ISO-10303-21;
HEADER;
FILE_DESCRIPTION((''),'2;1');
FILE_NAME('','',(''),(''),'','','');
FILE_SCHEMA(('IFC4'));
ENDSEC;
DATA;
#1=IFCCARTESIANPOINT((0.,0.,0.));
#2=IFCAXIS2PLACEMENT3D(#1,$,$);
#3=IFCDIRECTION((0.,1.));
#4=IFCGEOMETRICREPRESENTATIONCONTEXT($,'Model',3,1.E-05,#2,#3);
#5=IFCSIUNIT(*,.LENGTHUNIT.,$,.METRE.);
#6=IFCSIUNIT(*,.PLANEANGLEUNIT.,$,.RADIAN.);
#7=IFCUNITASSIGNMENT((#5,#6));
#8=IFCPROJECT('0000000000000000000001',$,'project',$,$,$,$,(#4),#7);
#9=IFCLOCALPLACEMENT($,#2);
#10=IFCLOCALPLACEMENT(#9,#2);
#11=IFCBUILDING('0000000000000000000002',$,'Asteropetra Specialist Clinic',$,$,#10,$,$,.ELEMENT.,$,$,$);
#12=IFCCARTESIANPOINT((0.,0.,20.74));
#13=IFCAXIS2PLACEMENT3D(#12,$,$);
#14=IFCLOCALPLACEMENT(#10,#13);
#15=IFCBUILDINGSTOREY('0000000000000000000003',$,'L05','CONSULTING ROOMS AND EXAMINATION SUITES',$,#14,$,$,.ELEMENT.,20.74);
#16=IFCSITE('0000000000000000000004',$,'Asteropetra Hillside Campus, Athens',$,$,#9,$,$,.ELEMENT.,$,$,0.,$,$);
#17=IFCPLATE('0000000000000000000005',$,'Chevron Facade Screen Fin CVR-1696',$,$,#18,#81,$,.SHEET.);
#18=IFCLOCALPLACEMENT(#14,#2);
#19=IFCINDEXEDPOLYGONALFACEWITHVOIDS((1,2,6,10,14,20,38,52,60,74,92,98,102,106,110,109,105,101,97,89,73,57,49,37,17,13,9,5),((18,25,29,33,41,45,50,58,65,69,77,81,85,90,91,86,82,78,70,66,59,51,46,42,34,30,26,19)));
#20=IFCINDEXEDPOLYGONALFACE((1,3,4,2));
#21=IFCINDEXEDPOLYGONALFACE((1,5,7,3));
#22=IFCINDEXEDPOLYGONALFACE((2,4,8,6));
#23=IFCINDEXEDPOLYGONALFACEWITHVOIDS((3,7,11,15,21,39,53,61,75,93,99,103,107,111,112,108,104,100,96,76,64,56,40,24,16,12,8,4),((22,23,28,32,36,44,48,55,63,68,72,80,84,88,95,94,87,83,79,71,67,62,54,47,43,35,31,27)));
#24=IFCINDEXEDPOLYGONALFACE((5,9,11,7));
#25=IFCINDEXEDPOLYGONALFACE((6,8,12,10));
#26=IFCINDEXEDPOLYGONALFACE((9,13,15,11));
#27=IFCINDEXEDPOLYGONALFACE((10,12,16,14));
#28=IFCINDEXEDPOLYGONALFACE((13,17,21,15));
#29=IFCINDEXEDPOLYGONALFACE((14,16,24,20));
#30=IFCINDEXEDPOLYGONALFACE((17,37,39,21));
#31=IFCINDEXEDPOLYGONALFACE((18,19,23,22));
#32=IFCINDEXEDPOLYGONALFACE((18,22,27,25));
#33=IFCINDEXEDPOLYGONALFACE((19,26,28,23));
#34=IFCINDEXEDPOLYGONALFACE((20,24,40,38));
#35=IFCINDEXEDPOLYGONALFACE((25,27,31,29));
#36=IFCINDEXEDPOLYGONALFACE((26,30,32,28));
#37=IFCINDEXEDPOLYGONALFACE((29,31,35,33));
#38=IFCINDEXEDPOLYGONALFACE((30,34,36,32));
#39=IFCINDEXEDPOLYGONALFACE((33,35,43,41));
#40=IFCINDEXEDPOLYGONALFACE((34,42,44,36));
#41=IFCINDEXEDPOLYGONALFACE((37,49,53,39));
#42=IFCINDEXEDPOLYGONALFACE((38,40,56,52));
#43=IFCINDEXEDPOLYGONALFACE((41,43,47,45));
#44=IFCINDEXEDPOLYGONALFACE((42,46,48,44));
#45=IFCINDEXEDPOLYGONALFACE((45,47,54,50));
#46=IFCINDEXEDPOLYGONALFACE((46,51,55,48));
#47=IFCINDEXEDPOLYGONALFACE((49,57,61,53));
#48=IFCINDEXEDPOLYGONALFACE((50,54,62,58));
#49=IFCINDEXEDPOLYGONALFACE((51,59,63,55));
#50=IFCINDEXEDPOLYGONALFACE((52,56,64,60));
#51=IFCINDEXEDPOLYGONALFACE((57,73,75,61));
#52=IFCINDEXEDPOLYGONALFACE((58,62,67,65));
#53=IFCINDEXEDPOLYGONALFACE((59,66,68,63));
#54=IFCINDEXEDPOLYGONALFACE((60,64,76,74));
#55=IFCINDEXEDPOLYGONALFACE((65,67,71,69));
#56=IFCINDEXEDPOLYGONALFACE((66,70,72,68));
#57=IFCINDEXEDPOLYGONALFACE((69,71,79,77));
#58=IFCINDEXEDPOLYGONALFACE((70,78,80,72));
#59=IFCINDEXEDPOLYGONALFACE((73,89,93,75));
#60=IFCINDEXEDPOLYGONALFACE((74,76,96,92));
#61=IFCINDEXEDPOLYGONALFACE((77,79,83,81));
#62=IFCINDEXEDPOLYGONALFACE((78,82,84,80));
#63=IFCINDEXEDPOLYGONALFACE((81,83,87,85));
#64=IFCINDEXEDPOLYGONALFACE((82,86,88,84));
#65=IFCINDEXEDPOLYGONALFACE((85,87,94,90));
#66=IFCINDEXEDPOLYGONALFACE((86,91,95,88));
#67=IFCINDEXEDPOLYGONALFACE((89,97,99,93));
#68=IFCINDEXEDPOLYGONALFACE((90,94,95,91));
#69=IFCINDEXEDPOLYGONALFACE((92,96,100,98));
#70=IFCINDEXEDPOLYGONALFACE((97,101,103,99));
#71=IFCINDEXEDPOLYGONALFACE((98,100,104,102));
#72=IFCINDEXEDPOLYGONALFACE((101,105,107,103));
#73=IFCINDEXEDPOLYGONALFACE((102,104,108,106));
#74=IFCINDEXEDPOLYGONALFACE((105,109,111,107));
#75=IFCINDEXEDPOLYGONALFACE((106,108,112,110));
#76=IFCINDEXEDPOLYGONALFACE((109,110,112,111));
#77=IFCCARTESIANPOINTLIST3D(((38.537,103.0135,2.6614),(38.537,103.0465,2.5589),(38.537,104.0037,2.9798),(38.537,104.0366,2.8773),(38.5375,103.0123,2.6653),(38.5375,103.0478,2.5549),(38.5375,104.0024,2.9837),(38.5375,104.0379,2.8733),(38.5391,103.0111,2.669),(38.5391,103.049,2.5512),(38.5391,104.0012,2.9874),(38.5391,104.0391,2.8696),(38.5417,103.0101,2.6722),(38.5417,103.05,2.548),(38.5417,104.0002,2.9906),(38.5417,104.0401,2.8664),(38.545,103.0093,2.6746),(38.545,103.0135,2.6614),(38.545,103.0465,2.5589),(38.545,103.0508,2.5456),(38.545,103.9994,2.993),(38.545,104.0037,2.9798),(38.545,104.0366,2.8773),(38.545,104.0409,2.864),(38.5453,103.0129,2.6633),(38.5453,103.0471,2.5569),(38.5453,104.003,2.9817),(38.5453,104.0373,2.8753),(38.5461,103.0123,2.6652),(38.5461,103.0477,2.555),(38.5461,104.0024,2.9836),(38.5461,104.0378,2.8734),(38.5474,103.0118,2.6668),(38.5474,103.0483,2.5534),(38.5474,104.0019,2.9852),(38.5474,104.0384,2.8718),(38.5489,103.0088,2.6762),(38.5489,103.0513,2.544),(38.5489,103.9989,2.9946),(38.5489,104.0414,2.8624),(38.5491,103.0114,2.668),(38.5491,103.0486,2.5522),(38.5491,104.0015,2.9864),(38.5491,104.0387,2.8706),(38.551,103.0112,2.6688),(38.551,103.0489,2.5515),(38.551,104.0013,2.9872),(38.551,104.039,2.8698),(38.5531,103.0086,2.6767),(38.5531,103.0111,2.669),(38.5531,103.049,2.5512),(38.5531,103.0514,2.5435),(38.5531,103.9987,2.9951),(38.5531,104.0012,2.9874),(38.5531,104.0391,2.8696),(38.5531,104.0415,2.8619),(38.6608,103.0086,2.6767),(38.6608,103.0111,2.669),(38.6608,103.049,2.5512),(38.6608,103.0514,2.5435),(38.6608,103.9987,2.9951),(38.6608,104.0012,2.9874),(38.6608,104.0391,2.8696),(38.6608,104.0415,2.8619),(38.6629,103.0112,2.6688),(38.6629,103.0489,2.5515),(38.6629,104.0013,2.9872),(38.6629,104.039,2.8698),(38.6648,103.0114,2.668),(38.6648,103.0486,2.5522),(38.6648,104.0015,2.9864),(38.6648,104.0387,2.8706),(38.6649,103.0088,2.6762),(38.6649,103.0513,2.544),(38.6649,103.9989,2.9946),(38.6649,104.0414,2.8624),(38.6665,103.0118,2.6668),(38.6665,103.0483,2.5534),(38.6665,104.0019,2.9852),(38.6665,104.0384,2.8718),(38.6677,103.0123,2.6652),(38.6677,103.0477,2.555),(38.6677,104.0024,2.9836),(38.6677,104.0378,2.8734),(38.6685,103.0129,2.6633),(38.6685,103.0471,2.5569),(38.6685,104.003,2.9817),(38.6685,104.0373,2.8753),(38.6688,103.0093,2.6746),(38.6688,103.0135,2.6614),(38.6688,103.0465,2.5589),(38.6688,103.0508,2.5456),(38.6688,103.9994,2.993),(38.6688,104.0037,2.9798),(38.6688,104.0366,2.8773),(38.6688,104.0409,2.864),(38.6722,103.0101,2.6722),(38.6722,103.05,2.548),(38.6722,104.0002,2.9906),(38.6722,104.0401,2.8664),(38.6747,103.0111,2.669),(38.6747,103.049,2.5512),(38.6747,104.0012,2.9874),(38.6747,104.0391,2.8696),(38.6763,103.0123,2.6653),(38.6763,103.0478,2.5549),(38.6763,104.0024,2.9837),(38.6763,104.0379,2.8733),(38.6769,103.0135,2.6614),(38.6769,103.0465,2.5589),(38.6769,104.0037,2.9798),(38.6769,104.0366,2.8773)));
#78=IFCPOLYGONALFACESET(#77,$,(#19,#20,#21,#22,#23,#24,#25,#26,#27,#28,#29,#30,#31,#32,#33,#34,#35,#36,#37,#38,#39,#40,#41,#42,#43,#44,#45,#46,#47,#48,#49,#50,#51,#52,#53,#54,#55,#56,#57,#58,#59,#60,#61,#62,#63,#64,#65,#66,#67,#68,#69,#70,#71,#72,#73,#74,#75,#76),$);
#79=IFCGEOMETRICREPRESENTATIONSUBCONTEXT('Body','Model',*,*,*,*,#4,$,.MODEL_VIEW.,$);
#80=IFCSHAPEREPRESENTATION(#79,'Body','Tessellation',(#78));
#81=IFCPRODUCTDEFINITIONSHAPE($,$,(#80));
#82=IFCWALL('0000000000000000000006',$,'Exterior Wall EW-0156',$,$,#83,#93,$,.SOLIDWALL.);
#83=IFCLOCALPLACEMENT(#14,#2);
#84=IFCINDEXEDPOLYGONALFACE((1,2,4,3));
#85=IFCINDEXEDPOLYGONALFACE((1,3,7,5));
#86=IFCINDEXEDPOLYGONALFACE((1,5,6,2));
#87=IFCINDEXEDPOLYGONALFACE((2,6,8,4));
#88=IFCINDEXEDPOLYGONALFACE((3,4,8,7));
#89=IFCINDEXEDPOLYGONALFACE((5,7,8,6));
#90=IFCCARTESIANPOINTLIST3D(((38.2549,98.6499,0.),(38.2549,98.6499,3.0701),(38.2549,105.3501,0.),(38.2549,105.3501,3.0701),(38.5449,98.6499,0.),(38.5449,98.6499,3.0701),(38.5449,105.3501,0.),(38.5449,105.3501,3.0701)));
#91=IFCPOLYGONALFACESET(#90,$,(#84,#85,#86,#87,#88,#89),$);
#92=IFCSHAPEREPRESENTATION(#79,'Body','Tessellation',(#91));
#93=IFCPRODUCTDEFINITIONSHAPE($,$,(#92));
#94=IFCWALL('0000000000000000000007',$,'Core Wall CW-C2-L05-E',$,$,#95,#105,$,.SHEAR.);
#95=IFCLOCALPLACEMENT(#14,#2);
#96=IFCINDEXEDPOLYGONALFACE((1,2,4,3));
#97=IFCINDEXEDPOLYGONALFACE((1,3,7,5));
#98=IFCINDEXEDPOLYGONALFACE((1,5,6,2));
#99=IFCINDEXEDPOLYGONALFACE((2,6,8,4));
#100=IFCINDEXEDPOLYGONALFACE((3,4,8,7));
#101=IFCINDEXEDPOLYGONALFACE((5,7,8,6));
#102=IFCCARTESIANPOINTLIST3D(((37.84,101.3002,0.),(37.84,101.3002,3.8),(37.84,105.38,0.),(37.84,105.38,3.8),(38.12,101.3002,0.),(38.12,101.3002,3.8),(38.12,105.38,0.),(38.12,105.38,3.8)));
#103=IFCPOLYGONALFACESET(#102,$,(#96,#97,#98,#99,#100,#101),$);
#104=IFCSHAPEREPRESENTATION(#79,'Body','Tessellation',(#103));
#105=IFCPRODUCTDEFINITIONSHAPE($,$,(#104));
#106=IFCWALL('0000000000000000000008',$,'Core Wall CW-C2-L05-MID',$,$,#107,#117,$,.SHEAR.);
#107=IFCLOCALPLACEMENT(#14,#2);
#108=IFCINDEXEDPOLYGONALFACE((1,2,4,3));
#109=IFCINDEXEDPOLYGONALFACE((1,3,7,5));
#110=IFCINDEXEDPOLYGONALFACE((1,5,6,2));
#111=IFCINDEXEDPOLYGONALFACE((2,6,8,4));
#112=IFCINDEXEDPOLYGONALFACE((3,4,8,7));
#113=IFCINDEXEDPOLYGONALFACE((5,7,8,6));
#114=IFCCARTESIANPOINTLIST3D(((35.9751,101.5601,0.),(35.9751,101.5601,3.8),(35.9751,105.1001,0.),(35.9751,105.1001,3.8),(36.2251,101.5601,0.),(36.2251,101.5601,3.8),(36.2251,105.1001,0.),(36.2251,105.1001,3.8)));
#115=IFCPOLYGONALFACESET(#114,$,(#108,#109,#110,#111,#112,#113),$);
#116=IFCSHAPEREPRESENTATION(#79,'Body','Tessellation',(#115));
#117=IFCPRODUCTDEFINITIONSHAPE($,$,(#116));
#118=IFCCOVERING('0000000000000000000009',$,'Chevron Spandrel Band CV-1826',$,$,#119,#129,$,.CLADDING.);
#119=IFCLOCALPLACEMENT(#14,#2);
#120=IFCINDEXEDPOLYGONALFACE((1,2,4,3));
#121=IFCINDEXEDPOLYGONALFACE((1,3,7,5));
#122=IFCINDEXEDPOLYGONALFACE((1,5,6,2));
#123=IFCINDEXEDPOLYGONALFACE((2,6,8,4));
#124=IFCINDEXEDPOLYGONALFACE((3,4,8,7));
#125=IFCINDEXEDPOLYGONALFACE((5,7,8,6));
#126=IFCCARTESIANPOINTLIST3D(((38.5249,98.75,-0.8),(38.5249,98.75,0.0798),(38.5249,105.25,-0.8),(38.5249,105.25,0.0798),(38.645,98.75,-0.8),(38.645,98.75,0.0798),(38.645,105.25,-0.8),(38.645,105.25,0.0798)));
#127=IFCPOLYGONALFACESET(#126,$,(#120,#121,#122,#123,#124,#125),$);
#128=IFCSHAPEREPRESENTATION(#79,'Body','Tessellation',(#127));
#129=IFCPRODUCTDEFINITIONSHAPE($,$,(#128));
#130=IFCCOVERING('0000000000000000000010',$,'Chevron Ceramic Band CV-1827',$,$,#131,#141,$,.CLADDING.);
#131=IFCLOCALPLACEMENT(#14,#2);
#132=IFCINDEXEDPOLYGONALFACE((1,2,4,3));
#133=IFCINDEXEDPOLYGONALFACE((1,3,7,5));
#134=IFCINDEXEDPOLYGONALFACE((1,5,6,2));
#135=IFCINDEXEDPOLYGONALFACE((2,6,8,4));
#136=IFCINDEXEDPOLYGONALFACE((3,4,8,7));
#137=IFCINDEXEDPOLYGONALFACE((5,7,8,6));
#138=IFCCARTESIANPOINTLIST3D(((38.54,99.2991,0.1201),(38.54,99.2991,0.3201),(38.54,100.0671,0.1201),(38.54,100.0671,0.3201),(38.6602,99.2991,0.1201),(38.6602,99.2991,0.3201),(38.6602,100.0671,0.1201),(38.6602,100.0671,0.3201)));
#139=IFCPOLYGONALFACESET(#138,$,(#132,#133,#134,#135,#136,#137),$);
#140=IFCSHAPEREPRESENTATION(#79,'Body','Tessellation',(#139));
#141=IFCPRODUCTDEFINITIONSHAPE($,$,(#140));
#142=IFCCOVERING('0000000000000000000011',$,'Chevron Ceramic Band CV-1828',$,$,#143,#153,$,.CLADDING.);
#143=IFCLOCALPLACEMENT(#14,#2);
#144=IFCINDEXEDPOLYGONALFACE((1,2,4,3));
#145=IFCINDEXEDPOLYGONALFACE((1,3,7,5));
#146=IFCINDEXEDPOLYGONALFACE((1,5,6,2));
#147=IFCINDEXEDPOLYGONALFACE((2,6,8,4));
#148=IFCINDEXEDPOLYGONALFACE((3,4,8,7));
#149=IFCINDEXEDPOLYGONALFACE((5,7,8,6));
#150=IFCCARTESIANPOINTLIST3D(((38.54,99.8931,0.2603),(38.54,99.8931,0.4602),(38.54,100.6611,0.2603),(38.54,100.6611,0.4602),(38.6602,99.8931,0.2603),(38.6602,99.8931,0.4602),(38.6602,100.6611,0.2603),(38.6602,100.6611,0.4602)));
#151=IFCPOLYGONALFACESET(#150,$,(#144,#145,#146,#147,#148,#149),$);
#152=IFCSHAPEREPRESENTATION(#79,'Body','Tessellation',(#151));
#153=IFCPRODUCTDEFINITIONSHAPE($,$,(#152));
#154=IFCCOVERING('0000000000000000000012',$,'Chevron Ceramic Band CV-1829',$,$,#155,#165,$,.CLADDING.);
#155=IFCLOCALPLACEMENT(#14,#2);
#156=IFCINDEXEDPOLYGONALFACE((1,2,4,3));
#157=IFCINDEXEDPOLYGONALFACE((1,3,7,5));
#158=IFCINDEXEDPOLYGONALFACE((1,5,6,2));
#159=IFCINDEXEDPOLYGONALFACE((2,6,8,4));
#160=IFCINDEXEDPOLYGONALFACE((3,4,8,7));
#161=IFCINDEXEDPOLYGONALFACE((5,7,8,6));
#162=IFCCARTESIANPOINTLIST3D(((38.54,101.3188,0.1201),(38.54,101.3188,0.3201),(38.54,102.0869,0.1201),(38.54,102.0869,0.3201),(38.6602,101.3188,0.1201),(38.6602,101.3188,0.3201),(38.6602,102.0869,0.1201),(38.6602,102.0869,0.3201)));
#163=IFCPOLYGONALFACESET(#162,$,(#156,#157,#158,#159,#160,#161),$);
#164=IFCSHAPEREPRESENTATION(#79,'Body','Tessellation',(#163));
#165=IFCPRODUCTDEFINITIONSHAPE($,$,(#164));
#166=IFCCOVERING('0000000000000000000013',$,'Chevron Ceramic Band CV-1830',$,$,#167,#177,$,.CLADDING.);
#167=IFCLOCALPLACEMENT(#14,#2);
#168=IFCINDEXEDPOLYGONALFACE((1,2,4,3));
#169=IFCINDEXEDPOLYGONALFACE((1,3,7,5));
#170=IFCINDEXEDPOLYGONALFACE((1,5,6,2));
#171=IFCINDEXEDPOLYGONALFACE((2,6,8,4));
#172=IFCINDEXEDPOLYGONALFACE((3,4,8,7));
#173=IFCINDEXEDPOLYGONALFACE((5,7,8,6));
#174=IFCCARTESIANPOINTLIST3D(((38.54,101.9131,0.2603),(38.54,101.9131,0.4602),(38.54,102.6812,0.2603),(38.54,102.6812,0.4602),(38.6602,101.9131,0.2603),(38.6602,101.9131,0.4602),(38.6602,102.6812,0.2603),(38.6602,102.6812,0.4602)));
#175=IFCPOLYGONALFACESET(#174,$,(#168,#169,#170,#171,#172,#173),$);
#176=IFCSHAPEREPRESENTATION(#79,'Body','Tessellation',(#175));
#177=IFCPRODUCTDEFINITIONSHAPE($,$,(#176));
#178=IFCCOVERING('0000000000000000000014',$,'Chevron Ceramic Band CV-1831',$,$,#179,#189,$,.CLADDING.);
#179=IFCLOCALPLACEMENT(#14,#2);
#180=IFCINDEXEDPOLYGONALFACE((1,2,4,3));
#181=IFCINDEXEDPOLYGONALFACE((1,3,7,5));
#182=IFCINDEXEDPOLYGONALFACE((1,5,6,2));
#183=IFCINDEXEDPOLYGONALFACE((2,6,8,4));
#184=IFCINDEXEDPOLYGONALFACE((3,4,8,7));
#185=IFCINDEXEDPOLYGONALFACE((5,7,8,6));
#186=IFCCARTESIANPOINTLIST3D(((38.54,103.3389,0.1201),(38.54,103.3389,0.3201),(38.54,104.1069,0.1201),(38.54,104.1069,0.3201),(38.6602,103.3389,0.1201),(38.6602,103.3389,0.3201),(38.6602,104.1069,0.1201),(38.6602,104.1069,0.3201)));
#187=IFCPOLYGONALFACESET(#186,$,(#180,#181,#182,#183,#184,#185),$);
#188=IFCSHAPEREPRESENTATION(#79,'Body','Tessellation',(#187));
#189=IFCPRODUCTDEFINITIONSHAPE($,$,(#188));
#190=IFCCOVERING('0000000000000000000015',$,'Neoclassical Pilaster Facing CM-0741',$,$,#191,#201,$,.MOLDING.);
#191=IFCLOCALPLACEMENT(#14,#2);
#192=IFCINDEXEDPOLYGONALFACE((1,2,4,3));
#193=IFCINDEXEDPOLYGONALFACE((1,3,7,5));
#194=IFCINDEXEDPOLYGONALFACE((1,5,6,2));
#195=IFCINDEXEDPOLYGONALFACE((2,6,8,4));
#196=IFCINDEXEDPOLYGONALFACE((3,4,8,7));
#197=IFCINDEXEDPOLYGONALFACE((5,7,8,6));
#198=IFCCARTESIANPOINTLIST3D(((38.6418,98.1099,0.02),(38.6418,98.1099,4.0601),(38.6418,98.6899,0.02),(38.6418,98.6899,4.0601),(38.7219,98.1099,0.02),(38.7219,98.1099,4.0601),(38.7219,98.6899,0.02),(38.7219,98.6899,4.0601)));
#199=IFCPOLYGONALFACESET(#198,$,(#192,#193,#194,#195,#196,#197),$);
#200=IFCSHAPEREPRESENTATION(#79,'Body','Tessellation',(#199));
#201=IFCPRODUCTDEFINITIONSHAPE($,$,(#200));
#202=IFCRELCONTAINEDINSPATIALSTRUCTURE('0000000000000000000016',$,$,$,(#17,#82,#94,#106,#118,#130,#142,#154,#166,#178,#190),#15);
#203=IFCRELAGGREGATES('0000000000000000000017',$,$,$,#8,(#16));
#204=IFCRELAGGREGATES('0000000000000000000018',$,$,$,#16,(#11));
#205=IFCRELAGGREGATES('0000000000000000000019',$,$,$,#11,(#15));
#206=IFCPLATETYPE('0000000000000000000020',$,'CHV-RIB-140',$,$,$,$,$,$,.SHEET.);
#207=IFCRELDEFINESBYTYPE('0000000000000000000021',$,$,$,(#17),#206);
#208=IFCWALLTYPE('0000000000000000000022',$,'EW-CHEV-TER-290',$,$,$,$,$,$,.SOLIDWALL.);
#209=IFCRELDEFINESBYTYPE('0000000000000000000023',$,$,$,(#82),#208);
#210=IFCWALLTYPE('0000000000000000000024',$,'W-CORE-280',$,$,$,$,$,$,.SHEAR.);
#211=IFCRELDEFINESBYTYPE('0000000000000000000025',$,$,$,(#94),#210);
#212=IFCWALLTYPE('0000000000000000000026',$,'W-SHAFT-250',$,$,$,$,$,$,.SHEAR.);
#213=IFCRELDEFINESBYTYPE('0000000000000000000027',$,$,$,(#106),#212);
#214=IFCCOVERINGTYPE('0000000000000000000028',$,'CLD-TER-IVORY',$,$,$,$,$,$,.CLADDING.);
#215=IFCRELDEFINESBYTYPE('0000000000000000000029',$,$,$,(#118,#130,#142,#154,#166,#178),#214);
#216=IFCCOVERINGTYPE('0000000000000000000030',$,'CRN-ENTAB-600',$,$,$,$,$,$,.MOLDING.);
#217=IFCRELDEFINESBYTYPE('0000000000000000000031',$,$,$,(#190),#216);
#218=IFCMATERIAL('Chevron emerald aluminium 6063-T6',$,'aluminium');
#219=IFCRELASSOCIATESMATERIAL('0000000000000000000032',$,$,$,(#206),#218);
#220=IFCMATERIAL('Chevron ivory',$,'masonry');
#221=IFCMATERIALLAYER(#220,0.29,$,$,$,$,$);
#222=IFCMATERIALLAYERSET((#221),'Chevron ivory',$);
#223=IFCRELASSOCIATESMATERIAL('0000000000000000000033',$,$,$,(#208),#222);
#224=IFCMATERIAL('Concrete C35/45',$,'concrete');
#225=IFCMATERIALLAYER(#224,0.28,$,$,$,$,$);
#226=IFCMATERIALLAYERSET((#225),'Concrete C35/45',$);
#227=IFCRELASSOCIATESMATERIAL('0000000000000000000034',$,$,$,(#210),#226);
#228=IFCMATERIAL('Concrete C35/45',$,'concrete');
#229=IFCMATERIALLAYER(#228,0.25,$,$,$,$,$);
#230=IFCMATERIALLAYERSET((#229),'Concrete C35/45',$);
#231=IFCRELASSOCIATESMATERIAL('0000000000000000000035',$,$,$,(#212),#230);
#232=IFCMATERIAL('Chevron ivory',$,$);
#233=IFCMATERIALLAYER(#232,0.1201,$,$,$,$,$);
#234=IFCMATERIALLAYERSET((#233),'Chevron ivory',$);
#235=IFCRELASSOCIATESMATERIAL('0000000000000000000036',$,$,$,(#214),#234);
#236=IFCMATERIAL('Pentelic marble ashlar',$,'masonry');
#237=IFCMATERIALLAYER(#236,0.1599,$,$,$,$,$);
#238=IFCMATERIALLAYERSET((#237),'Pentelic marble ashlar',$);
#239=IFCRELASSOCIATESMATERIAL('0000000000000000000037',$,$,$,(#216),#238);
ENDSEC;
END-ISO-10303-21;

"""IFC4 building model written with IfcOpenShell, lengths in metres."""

from ifc_helpers import new_model, si_unit, direction, frame, frame_2d, origin, origin_2d, place, context, subcontext, project, spatial, rectangle, hollow_rectangle, extrude, material, layer, layer_set, material_profile, profile_set, type_object, element, save


model = new_model("IFC4")

# Units and contexts
model_context = context("Model", 3, precision=1e-05, world=origin(), true_north=direction((0.0, 1.0)))
body_context = subcontext(model_context, "Body", "Model", "MODEL_VIEW")
ifc_project = project(units=[si_unit("LENGTHUNIT", "METRE"), si_unit("PLANEANGLEUNIT", "RADIAN")], contexts=[model_context])

# Site, building, storey
site_placement = place(None, origin())
site = spatial("IfcSite", under=ifc_project, at=site_placement, Name="Asteropetra Hillside Campus, Athens", CompositionType="ELEMENT", RefElevation=0.0)
building_placement = place(site_placement, origin())
building = spatial("IfcBuilding", under=site, at=building_placement, Name="Asteropetra Specialist Clinic", CompositionType="ELEMENT")
storey_placement = place(building_placement, frame((0.0, 0.0, 20.74)))
storey = spatial("IfcBuildingStorey", under=building, at=storey_placement, Name="L05", Description="CONSULTING ROOMS AND EXAMINATION SUITES", CompositionType="ELEMENT", Elevation=20.74)

# Plate
ifc_material_1 = material(Name="Chevron emerald aluminium 6063-T6", Category="aluminium")
ifc_material_profile_1 = material_profile(ifc_material_1, hollow_rectangle(XDim=0.1399, YDim=0.1399, WallThickness=0.0081, InnerFilletRadius=0.0081, OuterFilletRadius=0.0161, at=origin_2d()), Name="SHS 140x140x8.0")
ifc_profile_set_1 = profile_set([ifc_material_profile_1], Name="Chevron emerald aluminium 6063-T6")
plate_type = type_object("IfcPlateType", Name="CHV-RIB-140", PredefinedType="SHEET", material=ifc_profile_set_1)
for number, where, z_axis, x_axis, name in (
    (1, (38.6069, 103.03, 2.6101), (0.0, 0.951987, 0.306138), (-1.0, 0.0, 0.0), "Chevron Facade Screen Fin CVR-1696"),
):
    element("IfcPlate", number, at=place(storey_placement, frame(where, z_axis=z_axis, x_axis=x_axis)), inside=storey, type_object=plate_type, Name=name, PredefinedType="SHEET", context=body_context, shape_type="SweptSolid", body=[
        extrude(hollow_rectangle(XDim=0.1399, YDim=0.1399, WallThickness=0.0081, InnerFilletRadius=0.0081, OuterFilletRadius=0.0161, at=origin_2d()), origin(), (0.0, 0.0, 1.0), 1.04),
    ])

# Walls
ifc_material_2 = material(Name="Chevron ivory", Category="masonry")
ifc_layer_1 = layer(ifc_material_2, 0.29)
ifc_layer_set_1 = layer_set([ifc_layer_1], Name="Chevron ivory")
wall_type_1 = type_object("IfcWallType", Name="EW-CHEV-TER-290", PredefinedType="SOLIDWALL", material=ifc_layer_set_1)
wall_1_placement = place(storey_placement, frame((38.3999, 98.6499, 0.0), z_axis=(0.0, 0.0, 1.0), x_axis=(0.0, 1.0, 0.0)))
element("IfcWall", 2, at=wall_1_placement, inside=storey, type_object=wall_type_1, Name="Exterior Wall EW-0156", PredefinedType="SOLIDWALL", context=body_context, shape_type="SweptSolid", body=[
    extrude(rectangle(XDim=6.7002, YDim=0.29, at=frame_2d((3.3501, 0.0))), origin(), (0.0, 0.0, 1.0), 3.0701),
])
ifc_material_3 = material(Name="Concrete C35/45", Category="concrete")
ifc_layer_2 = layer(ifc_material_3, 0.28)
ifc_layer_set_2 = layer_set([ifc_layer_2], Name="Concrete C35/45")
wall_type_2 = type_object("IfcWallType", Name="W-CORE-280", PredefinedType="SHEAR", material=ifc_layer_set_2)
wall_2_placement = place(storey_placement, frame((37.98, 101.3, 0.0), z_axis=(0.0, 0.0, 1.0), x_axis=(0.0, 1.0, 0.0)))
element("IfcWall", 3, at=wall_2_placement, inside=storey, type_object=wall_type_2, Name="Core Wall CW-C2-L05-E", PredefinedType="SHEAR", context=body_context, shape_type="SweptSolid", body=[
    extrude(rectangle(XDim=4.0798, YDim=0.28, at=frame_2d((2.04, 0.0))), origin(), (0.0, 0.0, 1.0), 3.8),
])
ifc_material_4 = material(Name="Concrete C35/45", Category="concrete")
ifc_layer_3 = layer(ifc_material_4, 0.25)
ifc_layer_set_3 = layer_set([ifc_layer_3], Name="Concrete C35/45")
wall_type_3 = type_object("IfcWallType", Name="W-SHAFT-250", PredefinedType="SHEAR", material=ifc_layer_set_3)
wall_3_placement = place(storey_placement, frame((36.1001, 101.5601, 0.0), z_axis=(0.0, 0.0, 1.0), x_axis=(0.0, 1.0, 0.0)))
element("IfcWall", 4, at=wall_3_placement, inside=storey, type_object=wall_type_3, Name="Core Wall CW-C2-L05-MID", PredefinedType="SHEAR", context=body_context, shape_type="SweptSolid", body=[
    extrude(rectangle(XDim=3.54, YDim=0.25, at=frame_2d((1.77, 0.0))), origin(), (0.0, 0.0, 1.0), 3.8),
])

# Coverings
ifc_material_5 = material(Name="Chevron ivory")
ifc_layer_4 = layer(ifc_material_5, 0.1201)
ifc_layer_set_4 = layer_set([ifc_layer_4], Name="Chevron ivory")
covering_type_1 = type_object("IfcCoveringType", Name="CLD-TER-IVORY", PredefinedType="CLADDING", material=ifc_layer_set_4)
covering_1_placement = place(storey_placement, frame((38.585, 102.0, -0.8), z_axis=(0.0, 0.0, 1.0), x_axis=(1.0, 0.0, 0.0)))
element("IfcCovering", 5, at=covering_1_placement, inside=storey, type_object=covering_type_1, Name="Chevron Spandrel Band CV-1826", PredefinedType="CLADDING", context=body_context, shape_type="SweptSolid", body=[
    extrude(rectangle(XDim=0.1201, YDim=6.5, at=origin_2d()), origin(), (0.0, 0.0, 1.0), 0.8799),
])
for number, where, z_axis, x_axis, name in (
    (6, (38.6001, 99.6831, 0.1201), (0.0, 0.0, 1.0), (1.0, 0.0, 0.0), "Chevron Ceramic Band CV-1827"),
    (7, (38.6001, 100.2771, 0.2603), (0.0, 0.0, 1.0), (1.0, 0.0, 0.0), "Chevron Ceramic Band CV-1828"),
    (8, (38.6001, 101.7029, 0.1201), (0.0, 0.0, 1.0), (1.0, 0.0, 0.0), "Chevron Ceramic Band CV-1829"),
    (9, (38.6001, 102.2971, 0.2603), (0.0, 0.0, 1.0), (1.0, 0.0, 0.0), "Chevron Ceramic Band CV-1830"),
    (10, (38.6001, 103.7229, 0.1201), (0.0, 0.0, 1.0), (1.0, 0.0, 0.0), "Chevron Ceramic Band CV-1831"),
):
    element("IfcCovering", number, at=place(storey_placement, frame(where, z_axis=z_axis, x_axis=x_axis)), inside=storey, type_object=covering_type_1, Name=name, PredefinedType="CLADDING", context=body_context, shape_type="SweptSolid", body=[
        extrude(rectangle(XDim=0.1201, YDim=0.7681, at=origin_2d()), origin(), (0.0, 0.0, 1.0), 0.2),
    ])
ifc_material_6 = material(Name="Pentelic marble ashlar", Category="masonry")
ifc_layer_5 = layer(ifc_material_6, 0.1599)
ifc_layer_set_5 = layer_set([ifc_layer_5], Name="Pentelic marble ashlar")
covering_type_2 = type_object("IfcCoveringType", Name="CRN-ENTAB-600", PredefinedType="MOLDING", material=ifc_layer_set_5)
covering_2_placement = place(storey_placement, frame((38.6819, 98.3999, 0.02), z_axis=(0.0, 0.0, 1.0), x_axis=(1.0, 0.0, 0.0)))
element("IfcCovering", 11, at=covering_2_placement, inside=storey, type_object=covering_type_2, Name="Neoclassical Pilaster Facing CM-0741", PredefinedType="MOLDING", context=body_context, shape_type="SweptSolid", body=[
    extrude(rectangle(XDim=0.0801, YDim=0.5801, at=origin_2d()), origin(), (0.0, 0.0, 1.0), 4.04),
])

save(model, "model.ifc")
